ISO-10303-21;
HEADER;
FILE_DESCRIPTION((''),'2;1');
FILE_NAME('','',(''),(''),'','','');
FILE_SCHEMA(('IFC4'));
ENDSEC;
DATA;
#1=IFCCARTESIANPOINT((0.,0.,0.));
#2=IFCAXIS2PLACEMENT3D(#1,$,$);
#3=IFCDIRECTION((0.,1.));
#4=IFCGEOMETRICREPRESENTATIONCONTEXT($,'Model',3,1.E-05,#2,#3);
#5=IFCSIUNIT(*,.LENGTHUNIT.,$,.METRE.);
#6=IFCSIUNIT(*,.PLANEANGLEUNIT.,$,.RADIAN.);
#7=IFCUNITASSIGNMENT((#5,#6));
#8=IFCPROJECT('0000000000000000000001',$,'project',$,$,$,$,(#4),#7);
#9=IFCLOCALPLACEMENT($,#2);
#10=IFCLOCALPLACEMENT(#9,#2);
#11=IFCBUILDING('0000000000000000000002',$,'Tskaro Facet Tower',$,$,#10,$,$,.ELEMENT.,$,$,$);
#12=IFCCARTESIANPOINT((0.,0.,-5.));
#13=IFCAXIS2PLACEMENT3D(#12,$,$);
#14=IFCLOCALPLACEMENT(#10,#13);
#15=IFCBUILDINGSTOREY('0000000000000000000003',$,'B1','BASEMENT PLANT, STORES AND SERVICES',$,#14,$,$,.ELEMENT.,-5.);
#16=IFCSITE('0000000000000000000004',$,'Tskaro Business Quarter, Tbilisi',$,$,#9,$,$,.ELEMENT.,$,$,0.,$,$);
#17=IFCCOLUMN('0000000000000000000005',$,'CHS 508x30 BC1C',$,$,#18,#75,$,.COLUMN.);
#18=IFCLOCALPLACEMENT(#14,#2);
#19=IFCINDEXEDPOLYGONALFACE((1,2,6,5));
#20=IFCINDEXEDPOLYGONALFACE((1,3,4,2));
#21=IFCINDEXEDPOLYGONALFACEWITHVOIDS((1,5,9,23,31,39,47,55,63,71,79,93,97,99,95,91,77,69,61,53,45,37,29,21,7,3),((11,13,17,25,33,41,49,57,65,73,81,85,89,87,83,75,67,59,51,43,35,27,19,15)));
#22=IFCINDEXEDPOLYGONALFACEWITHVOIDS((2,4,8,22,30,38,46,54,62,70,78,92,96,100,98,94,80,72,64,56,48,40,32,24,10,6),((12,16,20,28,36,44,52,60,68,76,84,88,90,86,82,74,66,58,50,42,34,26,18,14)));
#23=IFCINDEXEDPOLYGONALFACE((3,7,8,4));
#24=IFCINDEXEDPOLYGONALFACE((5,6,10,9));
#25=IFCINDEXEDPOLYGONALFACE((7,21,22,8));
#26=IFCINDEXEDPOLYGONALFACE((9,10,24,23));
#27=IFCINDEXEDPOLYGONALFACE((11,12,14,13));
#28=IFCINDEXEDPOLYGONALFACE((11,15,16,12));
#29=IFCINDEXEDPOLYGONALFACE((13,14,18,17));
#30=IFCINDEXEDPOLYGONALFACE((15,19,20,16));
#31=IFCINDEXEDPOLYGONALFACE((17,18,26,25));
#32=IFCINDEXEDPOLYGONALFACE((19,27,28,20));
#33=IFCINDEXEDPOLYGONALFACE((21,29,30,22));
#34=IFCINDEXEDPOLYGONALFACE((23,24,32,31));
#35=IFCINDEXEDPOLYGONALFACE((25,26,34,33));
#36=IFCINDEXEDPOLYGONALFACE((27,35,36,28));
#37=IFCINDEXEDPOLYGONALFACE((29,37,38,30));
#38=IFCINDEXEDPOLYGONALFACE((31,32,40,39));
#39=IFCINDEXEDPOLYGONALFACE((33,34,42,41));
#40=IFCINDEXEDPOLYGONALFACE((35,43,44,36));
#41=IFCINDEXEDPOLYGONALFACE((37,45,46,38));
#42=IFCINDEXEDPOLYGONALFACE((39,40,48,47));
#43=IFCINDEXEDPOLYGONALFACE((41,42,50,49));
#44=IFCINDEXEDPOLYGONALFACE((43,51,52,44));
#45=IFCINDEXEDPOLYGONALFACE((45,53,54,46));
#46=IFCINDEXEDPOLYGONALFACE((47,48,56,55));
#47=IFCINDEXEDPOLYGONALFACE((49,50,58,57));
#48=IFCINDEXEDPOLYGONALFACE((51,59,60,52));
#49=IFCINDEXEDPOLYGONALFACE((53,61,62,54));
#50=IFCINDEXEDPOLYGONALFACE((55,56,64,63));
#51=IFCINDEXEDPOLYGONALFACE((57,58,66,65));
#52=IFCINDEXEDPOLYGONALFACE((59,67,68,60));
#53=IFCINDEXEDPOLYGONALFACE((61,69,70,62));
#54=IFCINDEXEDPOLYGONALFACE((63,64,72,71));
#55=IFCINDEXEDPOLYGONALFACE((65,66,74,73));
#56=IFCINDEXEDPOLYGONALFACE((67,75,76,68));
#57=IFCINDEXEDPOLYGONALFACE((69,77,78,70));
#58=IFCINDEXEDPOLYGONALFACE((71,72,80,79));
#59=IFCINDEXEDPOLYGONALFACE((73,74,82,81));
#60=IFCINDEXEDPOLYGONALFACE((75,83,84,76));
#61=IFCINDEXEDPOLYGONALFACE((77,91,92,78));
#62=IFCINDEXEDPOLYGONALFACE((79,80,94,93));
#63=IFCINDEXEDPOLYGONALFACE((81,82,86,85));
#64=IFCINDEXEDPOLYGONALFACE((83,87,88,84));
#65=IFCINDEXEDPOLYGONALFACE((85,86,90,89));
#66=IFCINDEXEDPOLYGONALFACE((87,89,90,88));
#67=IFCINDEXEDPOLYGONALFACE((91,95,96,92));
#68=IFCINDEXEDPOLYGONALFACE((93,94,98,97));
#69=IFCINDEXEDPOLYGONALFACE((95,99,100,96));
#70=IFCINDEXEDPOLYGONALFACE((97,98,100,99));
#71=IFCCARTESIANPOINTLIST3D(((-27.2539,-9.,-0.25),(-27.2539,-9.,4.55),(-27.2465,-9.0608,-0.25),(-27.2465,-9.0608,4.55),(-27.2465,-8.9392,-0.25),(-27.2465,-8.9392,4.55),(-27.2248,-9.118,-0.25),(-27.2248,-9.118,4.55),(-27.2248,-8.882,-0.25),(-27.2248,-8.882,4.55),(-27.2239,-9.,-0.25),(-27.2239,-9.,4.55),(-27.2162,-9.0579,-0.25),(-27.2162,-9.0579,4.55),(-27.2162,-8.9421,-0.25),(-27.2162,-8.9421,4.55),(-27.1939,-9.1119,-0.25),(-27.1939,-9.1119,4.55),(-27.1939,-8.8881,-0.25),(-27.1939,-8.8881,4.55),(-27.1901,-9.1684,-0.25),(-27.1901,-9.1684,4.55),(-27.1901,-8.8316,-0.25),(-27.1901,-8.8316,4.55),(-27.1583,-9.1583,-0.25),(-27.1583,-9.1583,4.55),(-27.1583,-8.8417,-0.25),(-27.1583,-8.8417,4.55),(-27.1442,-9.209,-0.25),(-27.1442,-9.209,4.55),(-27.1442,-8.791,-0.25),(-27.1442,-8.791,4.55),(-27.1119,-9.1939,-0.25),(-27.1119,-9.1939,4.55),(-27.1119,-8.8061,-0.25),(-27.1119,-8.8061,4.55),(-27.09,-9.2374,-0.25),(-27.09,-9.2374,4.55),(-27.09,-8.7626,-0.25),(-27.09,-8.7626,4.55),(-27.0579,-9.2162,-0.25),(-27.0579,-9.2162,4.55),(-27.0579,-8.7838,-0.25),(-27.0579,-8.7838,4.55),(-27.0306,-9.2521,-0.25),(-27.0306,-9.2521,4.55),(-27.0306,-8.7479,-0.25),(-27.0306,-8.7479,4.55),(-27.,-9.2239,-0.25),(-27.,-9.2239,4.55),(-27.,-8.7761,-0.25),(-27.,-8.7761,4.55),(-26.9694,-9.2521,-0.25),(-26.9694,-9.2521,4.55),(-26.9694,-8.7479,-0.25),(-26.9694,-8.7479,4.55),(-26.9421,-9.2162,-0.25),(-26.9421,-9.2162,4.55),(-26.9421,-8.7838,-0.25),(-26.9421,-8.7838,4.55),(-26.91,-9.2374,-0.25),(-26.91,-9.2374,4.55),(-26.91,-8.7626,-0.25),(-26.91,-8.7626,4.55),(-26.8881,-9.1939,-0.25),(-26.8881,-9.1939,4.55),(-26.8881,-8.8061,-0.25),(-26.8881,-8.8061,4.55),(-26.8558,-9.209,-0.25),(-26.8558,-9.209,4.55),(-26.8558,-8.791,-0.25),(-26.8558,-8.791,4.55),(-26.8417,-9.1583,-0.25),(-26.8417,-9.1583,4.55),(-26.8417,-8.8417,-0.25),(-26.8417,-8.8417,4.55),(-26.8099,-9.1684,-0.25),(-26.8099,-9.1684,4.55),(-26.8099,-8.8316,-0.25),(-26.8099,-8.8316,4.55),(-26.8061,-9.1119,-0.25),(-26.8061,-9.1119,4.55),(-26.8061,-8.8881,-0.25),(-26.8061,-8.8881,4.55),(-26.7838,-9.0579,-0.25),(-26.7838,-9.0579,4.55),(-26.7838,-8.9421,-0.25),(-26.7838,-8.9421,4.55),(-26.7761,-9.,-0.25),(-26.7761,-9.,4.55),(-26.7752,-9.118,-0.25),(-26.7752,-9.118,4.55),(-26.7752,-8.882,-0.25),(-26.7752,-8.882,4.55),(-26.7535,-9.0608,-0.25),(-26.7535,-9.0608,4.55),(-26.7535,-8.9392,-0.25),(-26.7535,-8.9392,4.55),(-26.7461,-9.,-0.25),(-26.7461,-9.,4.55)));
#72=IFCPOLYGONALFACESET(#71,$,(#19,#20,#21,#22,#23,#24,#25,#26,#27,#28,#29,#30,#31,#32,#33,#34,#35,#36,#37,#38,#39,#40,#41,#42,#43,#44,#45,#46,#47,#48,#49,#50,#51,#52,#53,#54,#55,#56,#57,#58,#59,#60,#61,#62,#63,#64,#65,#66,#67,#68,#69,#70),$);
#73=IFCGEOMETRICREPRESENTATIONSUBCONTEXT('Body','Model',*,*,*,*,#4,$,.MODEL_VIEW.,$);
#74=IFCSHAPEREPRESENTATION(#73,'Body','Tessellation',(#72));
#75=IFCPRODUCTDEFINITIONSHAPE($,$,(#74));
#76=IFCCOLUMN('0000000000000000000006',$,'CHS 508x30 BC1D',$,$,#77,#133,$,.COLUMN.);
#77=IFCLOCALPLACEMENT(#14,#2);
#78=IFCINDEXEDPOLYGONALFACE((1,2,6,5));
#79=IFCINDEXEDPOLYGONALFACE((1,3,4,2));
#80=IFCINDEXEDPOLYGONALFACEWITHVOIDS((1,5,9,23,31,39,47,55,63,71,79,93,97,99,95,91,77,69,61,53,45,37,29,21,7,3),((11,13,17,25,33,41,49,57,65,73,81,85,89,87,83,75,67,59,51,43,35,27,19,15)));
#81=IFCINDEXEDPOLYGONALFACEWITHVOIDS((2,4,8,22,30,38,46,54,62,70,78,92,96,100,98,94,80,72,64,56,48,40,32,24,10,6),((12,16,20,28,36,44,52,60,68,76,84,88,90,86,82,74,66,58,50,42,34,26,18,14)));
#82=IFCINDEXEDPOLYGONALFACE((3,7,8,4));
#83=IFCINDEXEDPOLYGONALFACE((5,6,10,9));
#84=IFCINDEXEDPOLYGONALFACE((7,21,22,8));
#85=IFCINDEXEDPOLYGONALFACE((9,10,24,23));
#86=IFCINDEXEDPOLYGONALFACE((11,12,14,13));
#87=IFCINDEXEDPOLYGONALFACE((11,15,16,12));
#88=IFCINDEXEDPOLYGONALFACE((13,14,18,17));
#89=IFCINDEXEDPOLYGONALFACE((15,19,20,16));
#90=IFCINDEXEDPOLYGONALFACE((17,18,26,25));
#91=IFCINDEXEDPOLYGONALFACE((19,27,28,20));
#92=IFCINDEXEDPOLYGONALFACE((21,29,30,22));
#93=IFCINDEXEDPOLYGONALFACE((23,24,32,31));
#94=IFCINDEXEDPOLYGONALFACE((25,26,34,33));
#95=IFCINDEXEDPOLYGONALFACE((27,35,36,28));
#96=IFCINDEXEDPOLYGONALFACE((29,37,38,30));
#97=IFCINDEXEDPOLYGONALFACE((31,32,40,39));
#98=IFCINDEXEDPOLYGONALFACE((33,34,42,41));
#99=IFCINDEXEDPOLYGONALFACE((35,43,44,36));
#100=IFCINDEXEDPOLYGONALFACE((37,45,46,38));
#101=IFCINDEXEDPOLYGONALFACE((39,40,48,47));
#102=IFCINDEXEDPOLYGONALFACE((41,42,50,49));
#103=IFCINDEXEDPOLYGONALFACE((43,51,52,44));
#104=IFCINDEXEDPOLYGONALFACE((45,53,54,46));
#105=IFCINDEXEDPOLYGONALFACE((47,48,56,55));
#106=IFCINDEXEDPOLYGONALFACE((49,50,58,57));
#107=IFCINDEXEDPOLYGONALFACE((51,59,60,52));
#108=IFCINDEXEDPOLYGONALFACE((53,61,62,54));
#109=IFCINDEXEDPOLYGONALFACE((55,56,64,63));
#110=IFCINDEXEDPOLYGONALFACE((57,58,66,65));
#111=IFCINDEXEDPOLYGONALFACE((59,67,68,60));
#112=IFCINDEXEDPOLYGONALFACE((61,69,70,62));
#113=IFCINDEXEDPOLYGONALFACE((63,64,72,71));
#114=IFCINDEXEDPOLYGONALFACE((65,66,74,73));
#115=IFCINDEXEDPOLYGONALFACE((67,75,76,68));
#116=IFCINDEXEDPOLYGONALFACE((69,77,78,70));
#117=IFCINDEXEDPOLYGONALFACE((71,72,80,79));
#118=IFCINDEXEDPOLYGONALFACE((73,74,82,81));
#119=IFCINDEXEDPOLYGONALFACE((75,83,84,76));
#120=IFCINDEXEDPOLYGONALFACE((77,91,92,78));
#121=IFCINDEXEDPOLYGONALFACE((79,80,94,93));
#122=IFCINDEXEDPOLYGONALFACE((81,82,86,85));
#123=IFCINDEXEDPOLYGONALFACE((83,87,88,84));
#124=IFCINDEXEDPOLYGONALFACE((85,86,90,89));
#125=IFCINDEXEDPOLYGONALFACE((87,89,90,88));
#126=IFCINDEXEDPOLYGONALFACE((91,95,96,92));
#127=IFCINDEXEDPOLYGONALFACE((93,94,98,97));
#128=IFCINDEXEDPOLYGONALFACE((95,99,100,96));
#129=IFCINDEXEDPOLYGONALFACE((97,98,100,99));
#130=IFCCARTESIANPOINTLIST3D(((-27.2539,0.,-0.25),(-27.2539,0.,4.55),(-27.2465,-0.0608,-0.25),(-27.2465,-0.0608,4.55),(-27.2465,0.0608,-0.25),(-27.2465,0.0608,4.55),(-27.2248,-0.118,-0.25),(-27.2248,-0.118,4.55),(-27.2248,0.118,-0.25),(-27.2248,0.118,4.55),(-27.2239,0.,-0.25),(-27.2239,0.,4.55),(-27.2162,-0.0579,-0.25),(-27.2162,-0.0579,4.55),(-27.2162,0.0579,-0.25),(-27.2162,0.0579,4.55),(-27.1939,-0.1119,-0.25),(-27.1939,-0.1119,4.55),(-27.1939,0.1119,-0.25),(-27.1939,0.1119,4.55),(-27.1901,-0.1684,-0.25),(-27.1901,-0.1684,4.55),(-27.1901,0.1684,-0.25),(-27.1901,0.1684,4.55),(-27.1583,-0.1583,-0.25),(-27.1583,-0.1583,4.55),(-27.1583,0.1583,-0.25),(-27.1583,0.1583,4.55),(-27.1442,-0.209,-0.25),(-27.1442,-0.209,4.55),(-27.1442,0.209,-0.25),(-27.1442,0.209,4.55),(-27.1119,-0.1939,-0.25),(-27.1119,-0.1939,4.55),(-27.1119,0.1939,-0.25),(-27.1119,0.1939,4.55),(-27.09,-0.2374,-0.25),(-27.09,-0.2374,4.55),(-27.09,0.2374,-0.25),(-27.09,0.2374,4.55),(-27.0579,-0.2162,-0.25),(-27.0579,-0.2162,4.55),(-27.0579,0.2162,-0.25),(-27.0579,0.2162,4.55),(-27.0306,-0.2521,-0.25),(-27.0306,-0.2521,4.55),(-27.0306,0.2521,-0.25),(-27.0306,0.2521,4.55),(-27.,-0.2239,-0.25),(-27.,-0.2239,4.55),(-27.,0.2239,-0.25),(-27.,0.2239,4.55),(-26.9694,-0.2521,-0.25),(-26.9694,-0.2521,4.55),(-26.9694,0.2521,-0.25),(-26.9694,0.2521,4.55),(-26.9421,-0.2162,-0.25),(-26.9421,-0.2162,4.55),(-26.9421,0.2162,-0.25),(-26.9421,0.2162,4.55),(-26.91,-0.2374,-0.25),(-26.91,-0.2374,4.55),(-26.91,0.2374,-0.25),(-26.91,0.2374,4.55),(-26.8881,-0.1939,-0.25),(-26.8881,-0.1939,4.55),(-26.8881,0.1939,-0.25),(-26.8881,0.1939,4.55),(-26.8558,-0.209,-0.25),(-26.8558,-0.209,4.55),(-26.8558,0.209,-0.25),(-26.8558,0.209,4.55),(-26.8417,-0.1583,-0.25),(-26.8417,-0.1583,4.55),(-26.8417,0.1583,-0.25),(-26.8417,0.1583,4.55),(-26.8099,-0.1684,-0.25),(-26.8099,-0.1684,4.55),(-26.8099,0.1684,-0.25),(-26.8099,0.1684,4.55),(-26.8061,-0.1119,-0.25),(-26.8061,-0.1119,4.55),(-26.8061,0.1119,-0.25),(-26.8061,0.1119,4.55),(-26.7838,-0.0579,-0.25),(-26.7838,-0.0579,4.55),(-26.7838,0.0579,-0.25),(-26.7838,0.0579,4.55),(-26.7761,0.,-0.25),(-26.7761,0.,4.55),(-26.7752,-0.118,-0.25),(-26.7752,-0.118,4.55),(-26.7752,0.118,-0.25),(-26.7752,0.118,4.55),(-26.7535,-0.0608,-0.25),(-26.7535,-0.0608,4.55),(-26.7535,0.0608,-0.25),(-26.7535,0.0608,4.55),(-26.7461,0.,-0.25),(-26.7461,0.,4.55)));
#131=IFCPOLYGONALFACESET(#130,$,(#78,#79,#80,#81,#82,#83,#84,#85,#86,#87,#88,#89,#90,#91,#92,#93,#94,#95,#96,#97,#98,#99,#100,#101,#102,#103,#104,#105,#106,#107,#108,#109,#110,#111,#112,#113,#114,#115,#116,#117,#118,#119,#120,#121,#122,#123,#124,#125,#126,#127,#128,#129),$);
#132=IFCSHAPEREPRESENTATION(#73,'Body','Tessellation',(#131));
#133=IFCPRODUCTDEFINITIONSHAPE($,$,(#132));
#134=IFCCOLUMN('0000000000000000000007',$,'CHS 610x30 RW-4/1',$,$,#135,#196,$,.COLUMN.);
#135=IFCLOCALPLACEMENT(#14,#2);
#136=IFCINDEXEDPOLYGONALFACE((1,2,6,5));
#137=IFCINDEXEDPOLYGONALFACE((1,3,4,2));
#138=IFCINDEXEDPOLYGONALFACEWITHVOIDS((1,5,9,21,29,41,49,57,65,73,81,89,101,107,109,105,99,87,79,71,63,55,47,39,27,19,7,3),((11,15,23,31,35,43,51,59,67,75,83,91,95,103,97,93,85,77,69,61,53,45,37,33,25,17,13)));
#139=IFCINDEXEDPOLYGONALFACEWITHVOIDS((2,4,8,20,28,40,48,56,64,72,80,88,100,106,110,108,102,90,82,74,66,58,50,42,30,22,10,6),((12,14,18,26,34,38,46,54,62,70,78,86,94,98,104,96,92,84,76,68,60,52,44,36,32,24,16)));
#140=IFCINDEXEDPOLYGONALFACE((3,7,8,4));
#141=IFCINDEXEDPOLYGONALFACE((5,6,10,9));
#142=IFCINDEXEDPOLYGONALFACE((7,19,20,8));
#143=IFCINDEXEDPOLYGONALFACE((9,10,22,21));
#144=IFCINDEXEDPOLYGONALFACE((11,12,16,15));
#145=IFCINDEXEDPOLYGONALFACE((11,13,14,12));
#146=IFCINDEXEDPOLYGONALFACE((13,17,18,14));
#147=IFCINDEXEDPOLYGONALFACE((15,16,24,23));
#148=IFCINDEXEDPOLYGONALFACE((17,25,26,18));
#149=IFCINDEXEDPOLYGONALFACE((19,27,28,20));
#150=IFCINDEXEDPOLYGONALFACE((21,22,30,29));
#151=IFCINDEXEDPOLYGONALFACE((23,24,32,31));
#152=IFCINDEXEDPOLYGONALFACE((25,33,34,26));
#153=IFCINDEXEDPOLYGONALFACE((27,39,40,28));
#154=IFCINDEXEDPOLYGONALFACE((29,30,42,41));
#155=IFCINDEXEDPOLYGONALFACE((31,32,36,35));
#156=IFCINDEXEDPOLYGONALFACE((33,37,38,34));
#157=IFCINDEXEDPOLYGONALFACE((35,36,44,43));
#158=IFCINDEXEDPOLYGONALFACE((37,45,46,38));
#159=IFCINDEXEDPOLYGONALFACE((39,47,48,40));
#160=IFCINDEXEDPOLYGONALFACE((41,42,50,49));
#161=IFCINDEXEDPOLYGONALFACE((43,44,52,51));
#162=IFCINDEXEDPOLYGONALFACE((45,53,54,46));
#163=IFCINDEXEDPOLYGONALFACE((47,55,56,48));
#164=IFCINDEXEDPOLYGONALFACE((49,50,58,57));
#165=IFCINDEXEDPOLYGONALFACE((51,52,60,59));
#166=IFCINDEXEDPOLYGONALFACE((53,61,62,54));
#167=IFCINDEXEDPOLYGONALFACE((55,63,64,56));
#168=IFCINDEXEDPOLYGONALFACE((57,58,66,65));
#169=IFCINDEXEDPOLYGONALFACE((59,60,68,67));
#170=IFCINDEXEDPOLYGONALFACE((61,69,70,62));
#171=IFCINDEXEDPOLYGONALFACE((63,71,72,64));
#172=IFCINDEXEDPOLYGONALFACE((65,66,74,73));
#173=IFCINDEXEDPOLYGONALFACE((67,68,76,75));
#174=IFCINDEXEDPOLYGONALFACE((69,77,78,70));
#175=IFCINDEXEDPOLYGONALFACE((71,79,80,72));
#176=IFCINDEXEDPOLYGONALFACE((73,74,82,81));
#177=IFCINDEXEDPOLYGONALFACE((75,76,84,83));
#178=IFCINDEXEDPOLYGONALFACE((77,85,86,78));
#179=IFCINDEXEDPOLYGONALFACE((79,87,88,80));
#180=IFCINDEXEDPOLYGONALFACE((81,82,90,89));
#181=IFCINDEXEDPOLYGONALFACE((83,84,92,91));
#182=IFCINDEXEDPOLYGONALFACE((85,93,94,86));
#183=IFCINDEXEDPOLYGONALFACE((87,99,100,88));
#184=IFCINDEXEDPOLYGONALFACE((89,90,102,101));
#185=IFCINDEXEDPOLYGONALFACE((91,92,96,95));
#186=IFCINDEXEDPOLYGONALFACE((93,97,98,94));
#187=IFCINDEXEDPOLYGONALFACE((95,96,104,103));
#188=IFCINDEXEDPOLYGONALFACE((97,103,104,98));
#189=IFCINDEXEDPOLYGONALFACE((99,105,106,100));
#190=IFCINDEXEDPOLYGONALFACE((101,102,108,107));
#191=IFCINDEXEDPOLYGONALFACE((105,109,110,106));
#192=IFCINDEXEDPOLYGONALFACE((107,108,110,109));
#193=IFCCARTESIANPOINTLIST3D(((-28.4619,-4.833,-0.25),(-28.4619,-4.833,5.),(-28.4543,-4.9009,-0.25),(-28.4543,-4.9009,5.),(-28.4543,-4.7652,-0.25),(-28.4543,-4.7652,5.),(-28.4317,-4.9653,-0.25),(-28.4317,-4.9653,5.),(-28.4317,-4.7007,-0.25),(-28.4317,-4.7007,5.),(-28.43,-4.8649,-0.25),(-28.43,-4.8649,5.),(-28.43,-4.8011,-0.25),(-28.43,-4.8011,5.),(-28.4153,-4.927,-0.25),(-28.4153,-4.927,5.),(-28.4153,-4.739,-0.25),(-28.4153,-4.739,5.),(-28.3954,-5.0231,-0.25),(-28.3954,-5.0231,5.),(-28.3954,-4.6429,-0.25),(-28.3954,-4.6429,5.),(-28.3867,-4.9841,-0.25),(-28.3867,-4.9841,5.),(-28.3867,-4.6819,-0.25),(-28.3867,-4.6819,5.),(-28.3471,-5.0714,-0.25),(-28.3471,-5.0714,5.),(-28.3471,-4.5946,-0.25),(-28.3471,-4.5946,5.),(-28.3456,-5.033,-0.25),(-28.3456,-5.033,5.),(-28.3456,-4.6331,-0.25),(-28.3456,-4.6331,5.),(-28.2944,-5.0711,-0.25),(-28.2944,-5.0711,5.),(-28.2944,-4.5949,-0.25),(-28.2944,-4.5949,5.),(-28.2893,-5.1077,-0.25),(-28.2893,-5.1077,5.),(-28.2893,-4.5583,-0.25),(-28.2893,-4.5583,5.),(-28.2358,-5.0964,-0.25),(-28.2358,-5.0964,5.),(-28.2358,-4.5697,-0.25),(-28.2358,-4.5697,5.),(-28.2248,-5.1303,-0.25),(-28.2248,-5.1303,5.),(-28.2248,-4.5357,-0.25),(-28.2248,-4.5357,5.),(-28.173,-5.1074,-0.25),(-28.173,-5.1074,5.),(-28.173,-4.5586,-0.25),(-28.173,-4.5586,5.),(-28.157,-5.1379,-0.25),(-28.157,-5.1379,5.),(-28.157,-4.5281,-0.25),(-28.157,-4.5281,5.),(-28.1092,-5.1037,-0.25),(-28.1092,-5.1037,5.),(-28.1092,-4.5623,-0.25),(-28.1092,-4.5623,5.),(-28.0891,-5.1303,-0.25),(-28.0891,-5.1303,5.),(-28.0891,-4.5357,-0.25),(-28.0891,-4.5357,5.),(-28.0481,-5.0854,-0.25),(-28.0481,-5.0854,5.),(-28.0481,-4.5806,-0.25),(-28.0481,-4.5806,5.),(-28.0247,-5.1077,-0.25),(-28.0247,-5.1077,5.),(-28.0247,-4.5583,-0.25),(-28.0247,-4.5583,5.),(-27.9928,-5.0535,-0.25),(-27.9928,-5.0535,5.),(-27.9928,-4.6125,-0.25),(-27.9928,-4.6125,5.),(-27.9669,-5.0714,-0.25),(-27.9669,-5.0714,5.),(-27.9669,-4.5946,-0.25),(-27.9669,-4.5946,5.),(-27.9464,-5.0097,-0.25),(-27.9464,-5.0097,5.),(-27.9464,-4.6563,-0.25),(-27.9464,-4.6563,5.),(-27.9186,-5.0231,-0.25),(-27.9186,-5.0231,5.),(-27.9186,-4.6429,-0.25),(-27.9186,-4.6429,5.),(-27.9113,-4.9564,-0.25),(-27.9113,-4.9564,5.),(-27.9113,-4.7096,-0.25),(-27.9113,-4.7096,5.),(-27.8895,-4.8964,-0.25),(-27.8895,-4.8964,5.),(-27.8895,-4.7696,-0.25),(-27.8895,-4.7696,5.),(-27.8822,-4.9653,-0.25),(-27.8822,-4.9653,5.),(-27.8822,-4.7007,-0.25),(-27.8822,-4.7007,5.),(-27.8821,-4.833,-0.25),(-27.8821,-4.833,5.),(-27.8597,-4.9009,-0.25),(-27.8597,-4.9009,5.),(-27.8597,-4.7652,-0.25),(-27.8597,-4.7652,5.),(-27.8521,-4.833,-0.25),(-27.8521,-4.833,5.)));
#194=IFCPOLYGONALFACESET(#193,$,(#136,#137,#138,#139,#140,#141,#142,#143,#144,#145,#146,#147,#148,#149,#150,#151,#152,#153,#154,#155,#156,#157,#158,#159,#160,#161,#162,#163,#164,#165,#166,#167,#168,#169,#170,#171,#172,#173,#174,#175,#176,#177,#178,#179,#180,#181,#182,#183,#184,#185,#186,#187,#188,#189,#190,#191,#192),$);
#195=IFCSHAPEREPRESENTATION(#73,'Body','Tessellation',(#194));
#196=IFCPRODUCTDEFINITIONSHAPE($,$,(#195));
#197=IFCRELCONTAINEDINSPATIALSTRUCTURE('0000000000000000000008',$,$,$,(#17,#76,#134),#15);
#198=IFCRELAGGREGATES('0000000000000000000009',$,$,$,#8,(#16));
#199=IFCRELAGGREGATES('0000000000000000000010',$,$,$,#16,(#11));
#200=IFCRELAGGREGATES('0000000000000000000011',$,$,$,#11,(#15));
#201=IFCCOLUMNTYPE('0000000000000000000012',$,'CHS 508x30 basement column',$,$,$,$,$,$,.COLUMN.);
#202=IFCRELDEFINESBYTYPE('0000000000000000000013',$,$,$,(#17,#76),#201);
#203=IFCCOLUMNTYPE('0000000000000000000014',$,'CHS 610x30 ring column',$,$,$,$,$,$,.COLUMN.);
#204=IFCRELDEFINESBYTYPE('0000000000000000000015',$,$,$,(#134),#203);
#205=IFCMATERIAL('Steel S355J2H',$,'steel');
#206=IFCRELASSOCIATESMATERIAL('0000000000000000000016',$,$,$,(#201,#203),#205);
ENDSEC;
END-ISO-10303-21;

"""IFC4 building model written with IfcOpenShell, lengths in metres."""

from ifc_helpers import new_model, si_unit, direction, frame, origin, origin_2d, place, context, subcontext, project, spatial, hollow_circle, extrude, material, material_profile, profile_set, type_object, element, save


model = new_model("IFC4")

# Units and contexts
model_context = context("Model", 3, precision=1e-05, world=origin(), true_north=direction((0.0, 1.0)))
body_context = subcontext(model_context, "Body", "Model", "MODEL_VIEW")
ifc_project = project(units=[si_unit("LENGTHUNIT", "METRE"), si_unit("PLANEANGLEUNIT", "RADIAN")], contexts=[model_context])

# Site, building, storey
site_placement = place(None, origin())
site = spatial("IfcSite", under=ifc_project, at=site_placement, Name="Tskaro Business Quarter, Tbilisi", CompositionType="ELEMENT", RefElevation=0.0)
building_placement = place(site_placement, origin())
building = spatial("IfcBuilding", under=site, at=building_placement, Name="Tskaro Facet Tower", CompositionType="ELEMENT")
storey_placement = place(building_placement, frame((0.0, 0.0, -5.0)))
storey = spatial("IfcBuildingStorey", under=building, at=storey_placement, Name="B1", Description="BASEMENT PLANT, STORES AND SERVICES", CompositionType="ELEMENT", Elevation=-5.0)

# Columns
ifc_material_1 = material(Name="Steel S355J2H", Category="steel")
ifc_material_profile_1 = material_profile(ifc_material_1, hollow_circle(Radius=0.2539, WallThickness=0.03, at=origin_2d()), Name="CHS 508x30")
ifc_profile_set_1 = profile_set([ifc_material_profile_1], Name="Steel S355J2H")
column_type_1 = type_object("IfcColumnType", Name="CHS 508x30 basement column", PredefinedType="COLUMN", material=ifc_profile_set_1)
for number, where, z_axis, x_axis, name in (
    (1, (-27.0, -9.0, -0.25), (0.0, 0.0, 1.0), (1.0, 0.0, 0.0), "CHS 508x30 BC1C"),
    (2, (-27.0, 0.0, -0.25), (0.0, 0.0, 1.0), (1.0, 0.0, 0.0), "CHS 508x30 BC1D"),
):
    element("IfcColumn", number, at=place(storey_placement, frame(where, z_axis=z_axis, x_axis=x_axis)), inside=storey, type_object=column_type_1, Name=name, PredefinedType="COLUMN", context=body_context, shape_type="SweptSolid", body=[
        extrude(hollow_circle(Radius=0.2539, WallThickness=0.03, at=origin_2d()), origin(), (0.0, 0.0, 1.0), 4.8),
    ])
ifc_material_profile_2 = material_profile(ifc_material_1, hollow_circle(Radius=0.3049, WallThickness=0.03, at=origin_2d()), Name="CHS 610x30")
ifc_profile_set_2 = profile_set([ifc_material_profile_2], Name="Steel S355J2H")
column_type_2 = type_object("IfcColumnType", Name="CHS 610x30 ring column", PredefinedType="COLUMN", material=ifc_profile_set_2)
for number, where, z_axis, x_axis, name in (
    (3, (-28.157, -4.833, -0.25), (0.0, 0.0, 1.0), (1.0, 0.0, 0.0), "CHS 610x30 RW-4/1"),
):
    element("IfcColumn", number, at=place(storey_placement, frame(where, z_axis=z_axis, x_axis=x_axis)), inside=storey, type_object=column_type_2, Name=name, PredefinedType="COLUMN", context=body_context, shape_type="SweptSolid", body=[
        extrude(hollow_circle(Radius=0.3049, WallThickness=0.03, at=origin_2d()), origin(), (0.0, 0.0, 1.0), 5.25),
    ])

save(model, "model.ifc")
